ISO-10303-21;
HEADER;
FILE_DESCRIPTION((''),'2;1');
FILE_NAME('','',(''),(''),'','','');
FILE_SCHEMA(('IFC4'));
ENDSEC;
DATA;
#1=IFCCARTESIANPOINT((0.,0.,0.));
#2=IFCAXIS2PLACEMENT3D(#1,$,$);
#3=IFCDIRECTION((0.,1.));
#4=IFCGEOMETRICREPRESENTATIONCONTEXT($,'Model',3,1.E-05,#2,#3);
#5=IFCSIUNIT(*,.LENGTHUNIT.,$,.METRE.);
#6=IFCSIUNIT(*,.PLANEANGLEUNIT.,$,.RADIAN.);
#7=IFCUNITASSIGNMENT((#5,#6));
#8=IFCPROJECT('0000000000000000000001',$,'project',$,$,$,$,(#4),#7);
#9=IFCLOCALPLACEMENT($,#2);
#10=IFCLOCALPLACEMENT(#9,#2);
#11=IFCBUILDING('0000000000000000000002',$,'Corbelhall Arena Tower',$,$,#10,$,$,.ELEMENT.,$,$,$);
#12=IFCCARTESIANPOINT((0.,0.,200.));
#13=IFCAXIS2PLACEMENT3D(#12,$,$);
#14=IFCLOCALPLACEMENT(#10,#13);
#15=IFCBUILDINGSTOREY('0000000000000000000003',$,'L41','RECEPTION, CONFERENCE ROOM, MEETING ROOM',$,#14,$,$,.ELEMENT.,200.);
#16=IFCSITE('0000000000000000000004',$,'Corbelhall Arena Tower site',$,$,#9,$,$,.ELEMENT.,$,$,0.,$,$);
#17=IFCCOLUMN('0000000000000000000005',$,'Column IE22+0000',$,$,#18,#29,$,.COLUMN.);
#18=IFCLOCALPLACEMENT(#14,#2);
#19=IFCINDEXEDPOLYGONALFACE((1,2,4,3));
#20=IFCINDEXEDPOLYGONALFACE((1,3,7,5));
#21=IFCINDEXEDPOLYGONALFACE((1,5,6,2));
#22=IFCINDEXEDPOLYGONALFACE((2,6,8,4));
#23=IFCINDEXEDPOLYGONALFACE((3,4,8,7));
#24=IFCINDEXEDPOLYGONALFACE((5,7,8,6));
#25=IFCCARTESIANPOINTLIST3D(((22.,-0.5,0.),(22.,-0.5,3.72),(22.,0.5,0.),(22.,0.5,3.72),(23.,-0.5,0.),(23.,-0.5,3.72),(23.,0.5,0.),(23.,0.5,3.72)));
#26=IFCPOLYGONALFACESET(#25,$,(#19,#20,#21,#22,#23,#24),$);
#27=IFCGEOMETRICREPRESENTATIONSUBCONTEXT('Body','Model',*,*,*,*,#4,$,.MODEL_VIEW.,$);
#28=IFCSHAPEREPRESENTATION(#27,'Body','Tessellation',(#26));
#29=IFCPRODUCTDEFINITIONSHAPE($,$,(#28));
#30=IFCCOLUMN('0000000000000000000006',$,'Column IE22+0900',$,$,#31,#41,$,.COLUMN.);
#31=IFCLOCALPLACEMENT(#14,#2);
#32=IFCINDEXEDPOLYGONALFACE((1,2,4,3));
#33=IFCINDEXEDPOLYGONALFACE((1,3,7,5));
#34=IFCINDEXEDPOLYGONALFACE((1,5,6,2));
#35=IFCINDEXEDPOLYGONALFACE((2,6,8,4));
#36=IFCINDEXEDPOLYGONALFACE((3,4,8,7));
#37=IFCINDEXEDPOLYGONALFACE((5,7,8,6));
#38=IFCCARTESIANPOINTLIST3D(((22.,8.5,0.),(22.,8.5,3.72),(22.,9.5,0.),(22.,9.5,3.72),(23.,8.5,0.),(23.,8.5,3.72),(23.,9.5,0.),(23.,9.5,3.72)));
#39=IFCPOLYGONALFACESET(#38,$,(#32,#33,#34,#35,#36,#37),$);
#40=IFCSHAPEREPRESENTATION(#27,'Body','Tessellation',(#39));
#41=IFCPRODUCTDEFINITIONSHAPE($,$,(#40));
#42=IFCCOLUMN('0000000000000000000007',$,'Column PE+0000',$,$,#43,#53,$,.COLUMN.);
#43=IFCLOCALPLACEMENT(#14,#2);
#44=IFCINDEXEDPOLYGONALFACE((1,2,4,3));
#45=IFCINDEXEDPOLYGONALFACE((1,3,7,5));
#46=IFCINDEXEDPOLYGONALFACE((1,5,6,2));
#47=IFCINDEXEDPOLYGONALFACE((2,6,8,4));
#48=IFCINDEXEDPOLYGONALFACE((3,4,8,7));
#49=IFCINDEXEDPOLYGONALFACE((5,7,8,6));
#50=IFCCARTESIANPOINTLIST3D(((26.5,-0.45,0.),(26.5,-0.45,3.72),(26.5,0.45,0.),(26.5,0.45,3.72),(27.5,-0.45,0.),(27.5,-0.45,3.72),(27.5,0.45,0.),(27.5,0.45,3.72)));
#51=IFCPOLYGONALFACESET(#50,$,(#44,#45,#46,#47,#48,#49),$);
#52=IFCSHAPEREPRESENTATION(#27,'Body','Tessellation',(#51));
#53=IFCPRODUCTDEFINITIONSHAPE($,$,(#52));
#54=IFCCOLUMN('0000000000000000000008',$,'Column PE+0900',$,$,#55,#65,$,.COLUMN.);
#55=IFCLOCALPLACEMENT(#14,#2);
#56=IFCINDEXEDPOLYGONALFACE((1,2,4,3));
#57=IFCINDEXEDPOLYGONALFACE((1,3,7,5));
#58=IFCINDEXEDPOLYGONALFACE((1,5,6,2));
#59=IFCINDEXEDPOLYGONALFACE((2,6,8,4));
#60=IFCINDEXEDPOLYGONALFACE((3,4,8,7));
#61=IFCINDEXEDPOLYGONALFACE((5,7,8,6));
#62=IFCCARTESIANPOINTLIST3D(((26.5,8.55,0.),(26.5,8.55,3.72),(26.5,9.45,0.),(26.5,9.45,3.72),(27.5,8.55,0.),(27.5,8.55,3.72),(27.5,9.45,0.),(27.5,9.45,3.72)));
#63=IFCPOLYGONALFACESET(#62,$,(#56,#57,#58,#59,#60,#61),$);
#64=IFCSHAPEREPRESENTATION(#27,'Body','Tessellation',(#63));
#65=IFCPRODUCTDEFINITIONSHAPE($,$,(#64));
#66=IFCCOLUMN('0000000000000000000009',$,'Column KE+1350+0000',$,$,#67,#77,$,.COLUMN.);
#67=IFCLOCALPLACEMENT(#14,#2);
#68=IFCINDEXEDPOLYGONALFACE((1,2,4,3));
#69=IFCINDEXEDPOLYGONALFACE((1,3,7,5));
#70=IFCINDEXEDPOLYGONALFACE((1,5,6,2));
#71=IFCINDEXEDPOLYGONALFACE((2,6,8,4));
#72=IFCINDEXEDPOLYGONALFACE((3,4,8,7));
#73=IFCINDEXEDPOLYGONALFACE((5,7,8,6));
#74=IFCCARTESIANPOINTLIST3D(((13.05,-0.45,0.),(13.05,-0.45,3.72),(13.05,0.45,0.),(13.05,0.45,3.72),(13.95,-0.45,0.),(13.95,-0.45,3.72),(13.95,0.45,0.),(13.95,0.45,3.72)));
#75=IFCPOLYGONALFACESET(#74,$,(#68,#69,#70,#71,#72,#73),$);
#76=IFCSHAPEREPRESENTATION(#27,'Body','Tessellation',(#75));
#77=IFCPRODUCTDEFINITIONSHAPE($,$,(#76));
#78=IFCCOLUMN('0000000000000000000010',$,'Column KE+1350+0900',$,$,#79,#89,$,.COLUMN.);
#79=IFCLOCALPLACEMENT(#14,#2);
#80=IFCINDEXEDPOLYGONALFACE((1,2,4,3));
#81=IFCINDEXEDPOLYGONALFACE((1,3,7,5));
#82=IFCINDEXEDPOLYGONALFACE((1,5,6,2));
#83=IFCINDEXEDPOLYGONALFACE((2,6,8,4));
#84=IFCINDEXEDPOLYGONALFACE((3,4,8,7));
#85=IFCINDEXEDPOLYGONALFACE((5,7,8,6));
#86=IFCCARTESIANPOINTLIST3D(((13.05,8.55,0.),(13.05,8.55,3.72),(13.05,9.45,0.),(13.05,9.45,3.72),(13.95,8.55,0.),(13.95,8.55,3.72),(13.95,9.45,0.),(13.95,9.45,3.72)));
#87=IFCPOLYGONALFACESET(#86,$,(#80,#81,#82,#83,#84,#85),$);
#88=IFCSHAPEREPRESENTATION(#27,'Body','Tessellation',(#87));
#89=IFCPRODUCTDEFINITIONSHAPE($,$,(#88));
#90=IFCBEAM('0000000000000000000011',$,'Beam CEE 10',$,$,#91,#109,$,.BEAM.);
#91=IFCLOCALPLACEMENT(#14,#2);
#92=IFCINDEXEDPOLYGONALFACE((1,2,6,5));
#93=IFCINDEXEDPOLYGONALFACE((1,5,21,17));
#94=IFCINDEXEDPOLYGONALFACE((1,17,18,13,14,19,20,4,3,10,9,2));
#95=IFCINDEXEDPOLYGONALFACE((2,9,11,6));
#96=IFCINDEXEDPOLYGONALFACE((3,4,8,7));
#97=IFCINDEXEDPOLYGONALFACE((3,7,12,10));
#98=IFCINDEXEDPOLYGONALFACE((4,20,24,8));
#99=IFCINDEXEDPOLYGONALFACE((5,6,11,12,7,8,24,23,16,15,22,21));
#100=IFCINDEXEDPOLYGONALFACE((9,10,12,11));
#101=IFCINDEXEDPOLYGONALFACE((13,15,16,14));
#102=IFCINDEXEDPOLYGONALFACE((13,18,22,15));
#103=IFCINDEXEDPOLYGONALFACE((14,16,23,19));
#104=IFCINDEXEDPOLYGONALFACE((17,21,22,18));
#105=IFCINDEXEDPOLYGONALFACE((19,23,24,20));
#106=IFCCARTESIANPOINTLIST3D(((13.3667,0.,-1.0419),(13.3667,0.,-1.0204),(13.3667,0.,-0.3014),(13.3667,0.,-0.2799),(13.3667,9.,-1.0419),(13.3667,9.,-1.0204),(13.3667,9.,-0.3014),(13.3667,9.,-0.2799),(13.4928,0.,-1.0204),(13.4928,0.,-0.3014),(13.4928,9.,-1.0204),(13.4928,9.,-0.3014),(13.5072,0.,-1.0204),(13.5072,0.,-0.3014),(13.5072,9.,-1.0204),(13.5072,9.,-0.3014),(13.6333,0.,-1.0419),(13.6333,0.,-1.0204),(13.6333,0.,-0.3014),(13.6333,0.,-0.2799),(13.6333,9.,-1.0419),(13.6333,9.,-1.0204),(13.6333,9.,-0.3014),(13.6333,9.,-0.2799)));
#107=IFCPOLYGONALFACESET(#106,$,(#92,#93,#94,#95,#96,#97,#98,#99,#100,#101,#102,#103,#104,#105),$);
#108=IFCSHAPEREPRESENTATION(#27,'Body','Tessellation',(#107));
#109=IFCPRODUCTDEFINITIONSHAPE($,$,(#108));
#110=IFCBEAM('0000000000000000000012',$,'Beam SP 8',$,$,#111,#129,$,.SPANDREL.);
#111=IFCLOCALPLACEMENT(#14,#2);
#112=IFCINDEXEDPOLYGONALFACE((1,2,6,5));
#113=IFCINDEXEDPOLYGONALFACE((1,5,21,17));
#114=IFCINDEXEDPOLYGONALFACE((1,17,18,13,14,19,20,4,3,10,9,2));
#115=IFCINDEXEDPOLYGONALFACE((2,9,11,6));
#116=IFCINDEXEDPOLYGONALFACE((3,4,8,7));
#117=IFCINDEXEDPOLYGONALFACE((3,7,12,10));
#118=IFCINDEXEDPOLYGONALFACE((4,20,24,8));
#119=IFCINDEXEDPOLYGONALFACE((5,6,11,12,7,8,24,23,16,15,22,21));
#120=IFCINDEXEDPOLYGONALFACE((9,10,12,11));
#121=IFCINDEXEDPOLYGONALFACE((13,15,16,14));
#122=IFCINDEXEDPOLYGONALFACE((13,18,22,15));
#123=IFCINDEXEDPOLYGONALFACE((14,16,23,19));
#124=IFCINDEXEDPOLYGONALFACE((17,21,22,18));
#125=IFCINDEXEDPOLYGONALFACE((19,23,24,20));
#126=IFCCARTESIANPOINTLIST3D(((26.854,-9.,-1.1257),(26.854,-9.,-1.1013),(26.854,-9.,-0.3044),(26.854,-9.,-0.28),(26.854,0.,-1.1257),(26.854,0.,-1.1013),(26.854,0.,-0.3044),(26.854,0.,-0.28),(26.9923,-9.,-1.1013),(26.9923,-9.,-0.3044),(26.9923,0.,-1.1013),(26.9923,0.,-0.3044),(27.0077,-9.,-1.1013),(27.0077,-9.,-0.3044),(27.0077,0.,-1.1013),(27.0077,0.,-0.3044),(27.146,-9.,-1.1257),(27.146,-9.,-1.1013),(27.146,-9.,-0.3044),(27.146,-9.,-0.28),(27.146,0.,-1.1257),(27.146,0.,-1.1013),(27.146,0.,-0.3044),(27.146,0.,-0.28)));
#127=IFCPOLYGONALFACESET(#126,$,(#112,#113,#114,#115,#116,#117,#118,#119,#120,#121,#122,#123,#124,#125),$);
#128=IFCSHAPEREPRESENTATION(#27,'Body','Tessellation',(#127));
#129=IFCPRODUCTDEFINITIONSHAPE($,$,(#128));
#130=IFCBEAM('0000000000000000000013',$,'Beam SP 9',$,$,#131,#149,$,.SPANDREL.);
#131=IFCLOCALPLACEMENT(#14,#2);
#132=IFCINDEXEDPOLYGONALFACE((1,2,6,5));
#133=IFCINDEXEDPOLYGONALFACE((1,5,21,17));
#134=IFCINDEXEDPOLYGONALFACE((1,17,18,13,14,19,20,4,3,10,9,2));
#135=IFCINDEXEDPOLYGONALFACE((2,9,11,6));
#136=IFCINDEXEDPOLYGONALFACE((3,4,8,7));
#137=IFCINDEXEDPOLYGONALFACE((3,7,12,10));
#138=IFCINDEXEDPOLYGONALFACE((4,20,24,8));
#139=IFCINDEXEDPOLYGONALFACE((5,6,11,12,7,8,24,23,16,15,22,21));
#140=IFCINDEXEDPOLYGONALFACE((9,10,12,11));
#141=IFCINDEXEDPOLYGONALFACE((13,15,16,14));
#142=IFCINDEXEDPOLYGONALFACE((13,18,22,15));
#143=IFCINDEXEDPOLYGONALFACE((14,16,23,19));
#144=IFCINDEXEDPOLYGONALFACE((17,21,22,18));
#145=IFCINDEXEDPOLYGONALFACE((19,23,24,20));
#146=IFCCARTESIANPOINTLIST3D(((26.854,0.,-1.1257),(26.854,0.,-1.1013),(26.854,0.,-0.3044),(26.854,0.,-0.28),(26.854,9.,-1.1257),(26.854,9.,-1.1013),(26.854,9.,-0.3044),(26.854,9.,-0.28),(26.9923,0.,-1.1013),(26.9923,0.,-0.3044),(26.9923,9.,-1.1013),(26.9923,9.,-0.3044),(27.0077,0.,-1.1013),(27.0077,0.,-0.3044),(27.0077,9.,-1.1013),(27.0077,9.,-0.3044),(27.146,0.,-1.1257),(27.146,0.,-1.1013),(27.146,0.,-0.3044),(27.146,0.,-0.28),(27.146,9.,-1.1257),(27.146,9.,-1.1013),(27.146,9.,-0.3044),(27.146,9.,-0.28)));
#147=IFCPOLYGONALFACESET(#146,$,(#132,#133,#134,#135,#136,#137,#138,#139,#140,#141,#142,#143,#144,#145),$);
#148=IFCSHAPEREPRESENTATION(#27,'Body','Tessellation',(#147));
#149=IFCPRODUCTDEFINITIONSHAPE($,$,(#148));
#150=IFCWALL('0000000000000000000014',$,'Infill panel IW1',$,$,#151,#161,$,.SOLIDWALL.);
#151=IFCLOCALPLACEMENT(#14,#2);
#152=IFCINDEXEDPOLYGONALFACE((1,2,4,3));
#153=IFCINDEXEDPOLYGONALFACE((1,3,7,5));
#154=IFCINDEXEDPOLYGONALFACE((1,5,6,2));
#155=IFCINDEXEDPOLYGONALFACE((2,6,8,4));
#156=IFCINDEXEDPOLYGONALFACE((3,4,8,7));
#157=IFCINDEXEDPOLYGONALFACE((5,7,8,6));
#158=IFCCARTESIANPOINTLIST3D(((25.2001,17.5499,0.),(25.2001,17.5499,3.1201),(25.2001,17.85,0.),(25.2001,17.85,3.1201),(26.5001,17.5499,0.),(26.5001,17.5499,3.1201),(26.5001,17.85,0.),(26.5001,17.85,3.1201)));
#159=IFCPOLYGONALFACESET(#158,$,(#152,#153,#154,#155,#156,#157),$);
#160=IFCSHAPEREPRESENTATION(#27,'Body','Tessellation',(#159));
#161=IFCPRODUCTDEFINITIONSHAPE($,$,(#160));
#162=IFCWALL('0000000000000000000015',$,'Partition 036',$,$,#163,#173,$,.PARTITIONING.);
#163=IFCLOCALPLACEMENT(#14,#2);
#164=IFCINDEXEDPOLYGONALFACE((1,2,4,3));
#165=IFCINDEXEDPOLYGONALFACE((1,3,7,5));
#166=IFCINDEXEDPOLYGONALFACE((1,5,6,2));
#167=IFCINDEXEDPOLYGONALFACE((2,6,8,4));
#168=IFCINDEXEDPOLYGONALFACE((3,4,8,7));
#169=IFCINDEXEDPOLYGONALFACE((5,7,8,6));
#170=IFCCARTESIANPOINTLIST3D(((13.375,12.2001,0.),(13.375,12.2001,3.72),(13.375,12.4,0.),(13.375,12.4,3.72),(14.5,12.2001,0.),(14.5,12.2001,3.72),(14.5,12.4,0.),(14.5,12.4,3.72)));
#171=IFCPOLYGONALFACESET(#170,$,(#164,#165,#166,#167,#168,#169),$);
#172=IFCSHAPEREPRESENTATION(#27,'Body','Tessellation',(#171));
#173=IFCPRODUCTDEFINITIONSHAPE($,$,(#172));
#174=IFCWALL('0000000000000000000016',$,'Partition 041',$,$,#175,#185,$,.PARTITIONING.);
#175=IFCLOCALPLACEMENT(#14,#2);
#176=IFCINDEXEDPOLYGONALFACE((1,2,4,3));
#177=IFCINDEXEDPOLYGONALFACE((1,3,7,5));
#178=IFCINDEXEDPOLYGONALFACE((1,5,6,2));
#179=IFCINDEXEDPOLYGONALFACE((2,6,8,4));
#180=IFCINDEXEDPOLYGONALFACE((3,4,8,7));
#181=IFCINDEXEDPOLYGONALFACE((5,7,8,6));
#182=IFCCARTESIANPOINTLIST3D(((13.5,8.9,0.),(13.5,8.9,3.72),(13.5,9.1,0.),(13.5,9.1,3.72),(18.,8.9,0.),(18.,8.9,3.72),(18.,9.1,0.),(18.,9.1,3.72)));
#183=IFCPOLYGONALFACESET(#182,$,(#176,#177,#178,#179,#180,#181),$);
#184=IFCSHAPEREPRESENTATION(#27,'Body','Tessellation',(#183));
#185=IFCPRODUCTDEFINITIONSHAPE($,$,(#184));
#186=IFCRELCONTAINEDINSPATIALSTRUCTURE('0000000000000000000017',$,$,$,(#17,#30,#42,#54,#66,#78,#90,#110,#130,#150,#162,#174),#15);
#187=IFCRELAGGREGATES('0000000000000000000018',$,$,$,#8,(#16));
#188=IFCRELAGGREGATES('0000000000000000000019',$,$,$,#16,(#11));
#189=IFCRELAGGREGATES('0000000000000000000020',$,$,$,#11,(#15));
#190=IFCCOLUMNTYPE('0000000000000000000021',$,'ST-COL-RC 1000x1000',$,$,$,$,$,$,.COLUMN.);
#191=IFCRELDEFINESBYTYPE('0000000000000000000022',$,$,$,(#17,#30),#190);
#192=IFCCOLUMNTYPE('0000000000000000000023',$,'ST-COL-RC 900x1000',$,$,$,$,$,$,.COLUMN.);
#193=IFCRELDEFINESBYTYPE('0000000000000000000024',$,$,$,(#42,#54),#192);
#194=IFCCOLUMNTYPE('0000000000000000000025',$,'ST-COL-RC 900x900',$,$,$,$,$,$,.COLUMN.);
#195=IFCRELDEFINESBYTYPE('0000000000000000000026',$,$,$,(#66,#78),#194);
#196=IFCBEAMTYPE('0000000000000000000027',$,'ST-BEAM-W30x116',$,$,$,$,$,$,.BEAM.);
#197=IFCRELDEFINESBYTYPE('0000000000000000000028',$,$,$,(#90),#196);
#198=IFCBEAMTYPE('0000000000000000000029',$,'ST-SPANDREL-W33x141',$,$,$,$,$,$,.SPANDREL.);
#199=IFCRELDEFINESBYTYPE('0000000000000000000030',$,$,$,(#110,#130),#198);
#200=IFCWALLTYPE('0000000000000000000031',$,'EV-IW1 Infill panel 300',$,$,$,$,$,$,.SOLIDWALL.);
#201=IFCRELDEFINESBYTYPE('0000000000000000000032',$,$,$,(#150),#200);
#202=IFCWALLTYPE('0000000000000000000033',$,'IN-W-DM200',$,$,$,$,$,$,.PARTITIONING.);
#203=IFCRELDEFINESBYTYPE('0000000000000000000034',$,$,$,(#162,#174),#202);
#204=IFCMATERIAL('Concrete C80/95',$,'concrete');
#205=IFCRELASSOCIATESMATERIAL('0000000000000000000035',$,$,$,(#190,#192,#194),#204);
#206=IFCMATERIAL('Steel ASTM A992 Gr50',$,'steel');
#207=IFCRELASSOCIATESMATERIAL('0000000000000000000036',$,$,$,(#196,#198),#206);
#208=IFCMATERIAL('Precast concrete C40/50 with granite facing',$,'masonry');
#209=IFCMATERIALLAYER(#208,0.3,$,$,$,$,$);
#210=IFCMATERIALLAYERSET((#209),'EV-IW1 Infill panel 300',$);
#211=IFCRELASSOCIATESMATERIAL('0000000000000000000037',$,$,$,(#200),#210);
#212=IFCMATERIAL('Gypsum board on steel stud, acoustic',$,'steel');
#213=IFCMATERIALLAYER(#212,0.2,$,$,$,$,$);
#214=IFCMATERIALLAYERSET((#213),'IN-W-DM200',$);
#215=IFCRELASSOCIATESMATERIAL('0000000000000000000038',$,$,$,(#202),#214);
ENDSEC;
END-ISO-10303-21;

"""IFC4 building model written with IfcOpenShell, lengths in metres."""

from ifc_helpers import new_model, si_unit, direction, frame, frame_2d, origin, origin_2d, place, context, subcontext, project, spatial, rectangle, i_section, extrude, material, layer, layer_set, material_profile, profile_set, type_object, element, save


model = new_model("IFC4")

# Units and contexts
model_context = context("Model", 3, precision=1e-05, world=origin(), true_north=direction((0.0, 1.0)))
body_context = subcontext(model_context, "Body", "Model", "MODEL_VIEW")
ifc_project = project(units=[si_unit("LENGTHUNIT", "METRE"), si_unit("PLANEANGLEUNIT", "RADIAN")], contexts=[model_context])

# Site, building, storey
site_placement = place(None, origin())
site = spatial("IfcSite", under=ifc_project, at=site_placement, Name="Corbelhall Arena Tower site", CompositionType="ELEMENT", RefElevation=0.0)
building_placement = place(site_placement, origin())
building = spatial("IfcBuilding", under=site, at=building_placement, Name="Corbelhall Arena Tower", CompositionType="ELEMENT")
storey_placement = place(building_placement, frame((0.0, 0.0, 200.0)))
storey = spatial("IfcBuildingStorey", under=building, at=storey_placement, Name="L41", Description="RECEPTION, CONFERENCE ROOM, MEETING ROOM", CompositionType="ELEMENT", Elevation=200.0)

# Columns
ifc_material_1 = material(Name="Concrete C80/95", Category="concrete")
ifc_material_profile_1 = material_profile(ifc_material_1, rectangle(XDim=1.0, YDim=1.0, at=origin_2d()))
ifc_profile_set_1 = profile_set([ifc_material_profile_1], Name="Concrete C80/95")
column_type_1 = type_object("IfcColumnType", Name="ST-COL-RC 1000x1000", PredefinedType="COLUMN", material=ifc_profile_set_1)
for number, where, z_axis, x_axis, name in (
    (1, (22.5, 0.0, 0.0), (0.0, 0.0, 1.0), (1.0, 0.0, 0.0), "Column IE22+0000"),
    (2, (22.5, 9.0, 0.0), (0.0, 0.0, 1.0), (1.0, 0.0, 0.0), "Column IE22+0900"),
):
    element("IfcColumn", number, at=place(storey_placement, frame(where, z_axis=z_axis, x_axis=x_axis)), inside=storey, type_object=column_type_1, Name=name, PredefinedType="COLUMN", context=body_context, shape_type="SweptSolid", body=[
        extrude(rectangle(XDim=1.0, YDim=1.0, at=origin_2d()), origin(), (0.0, 0.0, 1.0), 3.72),
    ])
ifc_material_profile_2 = material_profile(ifc_material_1, rectangle(XDim=0.8999, YDim=1.0, at=origin_2d()))
ifc_profile_set_2 = profile_set([ifc_material_profile_2], Name="Concrete C80/95")
column_type_2 = type_object("IfcColumnType", Name="ST-COL-RC 900x1000", PredefinedType="COLUMN", material=ifc_profile_set_2)
for number, where, z_axis, x_axis, name in (
    (3, (27.0, 0.0, 0.0), (0.0, 0.0, 1.0), (0.0, 1.0, 0.0), "Column PE+0000"),
    (4, (27.0, 9.0, 0.0), (0.0, 0.0, 1.0), (0.0, 1.0, 0.0), "Column PE+0900"),
):
    element("IfcColumn", number, at=place(storey_placement, frame(where, z_axis=z_axis, x_axis=x_axis)), inside=storey, type_object=column_type_2, Name=name, PredefinedType="COLUMN", context=body_context, shape_type="SweptSolid", body=[
        extrude(rectangle(XDim=0.8999, YDim=1.0, at=origin_2d()), origin(), (0.0, 0.0, 1.0), 3.72),
    ])
ifc_material_profile_3 = material_profile(ifc_material_1, rectangle(XDim=0.8999, YDim=0.8999, at=origin_2d()))
ifc_profile_set_3 = profile_set([ifc_material_profile_3], Name="Concrete C80/95")
column_type_3 = type_object("IfcColumnType", Name="ST-COL-RC 900x900", PredefinedType="COLUMN", material=ifc_profile_set_3)
for number, where, z_axis, x_axis, name in (
    (5, (13.5, 0.0, 0.0), (0.0, 0.0, 1.0), (1.0, 0.0, 0.0), "Column KE+1350+0000"),
    (6, (13.5, 9.0, 0.0), (0.0, 0.0, 1.0), (1.0, 0.0, 0.0), "Column KE+1350+0900"),
):
    element("IfcColumn", number, at=place(storey_placement, frame(where, z_axis=z_axis, x_axis=x_axis)), inside=storey, type_object=column_type_3, Name=name, PredefinedType="COLUMN", context=body_context, shape_type="SweptSolid", body=[
        extrude(rectangle(XDim=0.8999, YDim=0.8999, at=origin_2d()), origin(), (0.0, 0.0, 1.0), 3.72),
    ])

# Beams
ifc_material_2 = material(Name="Steel ASTM A992 Gr50", Category="steel")
ifc_material_profile_4 = material_profile(ifc_material_2, i_section(OverallWidth=0.2666, OverallDepth=0.762, WebThickness=0.0144, FlangeThickness=0.0215, at=origin_2d()))
ifc_profile_set_4 = profile_set([ifc_material_profile_4], Name="Steel ASTM A992 Gr50")
beam_type_1 = type_object("IfcBeamType", Name="ST-BEAM-W30x116", PredefinedType="BEAM", material=ifc_profile_set_4)
beam_placement = place(storey_placement, frame((13.5, 0.0, -0.6609), z_axis=(0.0, 1.0, 0.0), x_axis=(-1.0, 0.0, 0.0)))
element("IfcBeam", 7, at=beam_placement, inside=storey, type_object=beam_type_1, Name="Beam CEE 10", PredefinedType="BEAM", context=body_context, shape_type="SweptSolid", body=[
    extrude(i_section(OverallWidth=0.2666, OverallDepth=0.762, WebThickness=0.0144, FlangeThickness=0.0215, at=origin_2d()), origin(), (0.0, 0.0, 1.0), 9.0),
])
ifc_material_profile_5 = material_profile(ifc_material_2, i_section(OverallWidth=0.292, OverallDepth=0.8457, WebThickness=0.0154, FlangeThickness=0.0244, at=origin_2d()))
ifc_profile_set_5 = profile_set([ifc_material_profile_5], Name="Steel ASTM A992 Gr50")
beam_type_2 = type_object("IfcBeamType", Name="ST-SPANDREL-W33x141", PredefinedType="SPANDREL", material=ifc_profile_set_5)
for number, where, z_axis, x_axis, name in (
    (8, (27.0, 0.0, -0.7029), (0.0, -1.0, 0.0), (1.0, 0.0, 0.0), "Beam SP 8"),
    (9, (27.0, 9.0, -0.7029), (0.0, -1.0, 0.0), (1.0, 0.0, 0.0), "Beam SP 9"),
):
    element("IfcBeam", number, at=place(storey_placement, frame(where, z_axis=z_axis, x_axis=x_axis)), inside=storey, type_object=beam_type_2, Name=name, PredefinedType="SPANDREL", context=body_context, shape_type="SweptSolid", body=[
        extrude(i_section(OverallWidth=0.292, OverallDepth=0.8457, WebThickness=0.0154, FlangeThickness=0.0244, at=origin_2d()), origin(), (0.0, 0.0, 1.0), 9.0),
    ])

# Shared definitions
ifc_material_3 = material(Name="Precast concrete C40/50 with granite facing", Category="masonry")
ifc_layer_1 = layer(ifc_material_3, 0.3)
ifc_layer_set_1 = layer_set([ifc_layer_1], Name="EV-IW1 Infill panel 300")
wall_type_1 = type_object("IfcWallType", Name="EV-IW1 Infill panel 300", PredefinedType="SOLIDWALL", material=ifc_layer_set_1)

# Walls
wall_1_placement = place(storey_placement, frame((26.5, 17.7, 0.0), z_axis=(0.0, 0.0, 1.0), x_axis=(-1.0, 0.0, 0.0)))
element("IfcWall", 10, at=wall_1_placement, inside=storey, type_object=wall_type_1, Name="Infill panel IW1", PredefinedType="SOLIDWALL", context=body_context, shape_type="SweptSolid", body=[
    extrude(rectangle(XDim=1.3, YDim=0.3, at=frame_2d((0.6499, 0.0))), origin(), (0.0, 0.0, 1.0), 3.1201),
])
ifc_material_4 = material(Name="Gypsum board on steel stud, acoustic", Category="steel")
ifc_layer_2 = layer(ifc_material_4, 0.2)
ifc_layer_set_2 = layer_set([ifc_layer_2], Name="IN-W-DM200")
wall_type_2 = type_object("IfcWallType", Name="IN-W-DM200", PredefinedType="PARTITIONING", material=ifc_layer_set_2)
wall_2_placement = place(storey_placement, frame((13.375, 12.3, 0.0), z_axis=(0.0, 0.0, 1.0), x_axis=(1.0, 0.0, 0.0)))
element("IfcWall", 11, at=wall_2_placement, inside=storey, type_object=wall_type_2, Name="Partition 036", PredefinedType="PARTITIONING", context=body_context, shape_type="SweptSolid", body=[
    extrude(rectangle(XDim=1.125, YDim=0.2, at=frame_2d((0.5625, 0.0))), origin(), (0.0, 0.0, 1.0), 3.72),
])
wall_3_placement = place(storey_placement, frame((18.0, 9.0, 0.0), z_axis=(0.0, 0.0, 1.0), x_axis=(-1.0, 0.0, 0.0)))
element("IfcWall", 12, at=wall_3_placement, inside=storey, type_object=wall_type_2, Name="Partition 041", PredefinedType="PARTITIONING", context=body_context, shape_type="SweptSolid", body=[
    extrude(rectangle(XDim=4.5, YDim=0.2, at=frame_2d((2.25, 0.0))), origin(), (0.0, 0.0, 1.0), 3.72),
])

save(model, "model.ifc")
